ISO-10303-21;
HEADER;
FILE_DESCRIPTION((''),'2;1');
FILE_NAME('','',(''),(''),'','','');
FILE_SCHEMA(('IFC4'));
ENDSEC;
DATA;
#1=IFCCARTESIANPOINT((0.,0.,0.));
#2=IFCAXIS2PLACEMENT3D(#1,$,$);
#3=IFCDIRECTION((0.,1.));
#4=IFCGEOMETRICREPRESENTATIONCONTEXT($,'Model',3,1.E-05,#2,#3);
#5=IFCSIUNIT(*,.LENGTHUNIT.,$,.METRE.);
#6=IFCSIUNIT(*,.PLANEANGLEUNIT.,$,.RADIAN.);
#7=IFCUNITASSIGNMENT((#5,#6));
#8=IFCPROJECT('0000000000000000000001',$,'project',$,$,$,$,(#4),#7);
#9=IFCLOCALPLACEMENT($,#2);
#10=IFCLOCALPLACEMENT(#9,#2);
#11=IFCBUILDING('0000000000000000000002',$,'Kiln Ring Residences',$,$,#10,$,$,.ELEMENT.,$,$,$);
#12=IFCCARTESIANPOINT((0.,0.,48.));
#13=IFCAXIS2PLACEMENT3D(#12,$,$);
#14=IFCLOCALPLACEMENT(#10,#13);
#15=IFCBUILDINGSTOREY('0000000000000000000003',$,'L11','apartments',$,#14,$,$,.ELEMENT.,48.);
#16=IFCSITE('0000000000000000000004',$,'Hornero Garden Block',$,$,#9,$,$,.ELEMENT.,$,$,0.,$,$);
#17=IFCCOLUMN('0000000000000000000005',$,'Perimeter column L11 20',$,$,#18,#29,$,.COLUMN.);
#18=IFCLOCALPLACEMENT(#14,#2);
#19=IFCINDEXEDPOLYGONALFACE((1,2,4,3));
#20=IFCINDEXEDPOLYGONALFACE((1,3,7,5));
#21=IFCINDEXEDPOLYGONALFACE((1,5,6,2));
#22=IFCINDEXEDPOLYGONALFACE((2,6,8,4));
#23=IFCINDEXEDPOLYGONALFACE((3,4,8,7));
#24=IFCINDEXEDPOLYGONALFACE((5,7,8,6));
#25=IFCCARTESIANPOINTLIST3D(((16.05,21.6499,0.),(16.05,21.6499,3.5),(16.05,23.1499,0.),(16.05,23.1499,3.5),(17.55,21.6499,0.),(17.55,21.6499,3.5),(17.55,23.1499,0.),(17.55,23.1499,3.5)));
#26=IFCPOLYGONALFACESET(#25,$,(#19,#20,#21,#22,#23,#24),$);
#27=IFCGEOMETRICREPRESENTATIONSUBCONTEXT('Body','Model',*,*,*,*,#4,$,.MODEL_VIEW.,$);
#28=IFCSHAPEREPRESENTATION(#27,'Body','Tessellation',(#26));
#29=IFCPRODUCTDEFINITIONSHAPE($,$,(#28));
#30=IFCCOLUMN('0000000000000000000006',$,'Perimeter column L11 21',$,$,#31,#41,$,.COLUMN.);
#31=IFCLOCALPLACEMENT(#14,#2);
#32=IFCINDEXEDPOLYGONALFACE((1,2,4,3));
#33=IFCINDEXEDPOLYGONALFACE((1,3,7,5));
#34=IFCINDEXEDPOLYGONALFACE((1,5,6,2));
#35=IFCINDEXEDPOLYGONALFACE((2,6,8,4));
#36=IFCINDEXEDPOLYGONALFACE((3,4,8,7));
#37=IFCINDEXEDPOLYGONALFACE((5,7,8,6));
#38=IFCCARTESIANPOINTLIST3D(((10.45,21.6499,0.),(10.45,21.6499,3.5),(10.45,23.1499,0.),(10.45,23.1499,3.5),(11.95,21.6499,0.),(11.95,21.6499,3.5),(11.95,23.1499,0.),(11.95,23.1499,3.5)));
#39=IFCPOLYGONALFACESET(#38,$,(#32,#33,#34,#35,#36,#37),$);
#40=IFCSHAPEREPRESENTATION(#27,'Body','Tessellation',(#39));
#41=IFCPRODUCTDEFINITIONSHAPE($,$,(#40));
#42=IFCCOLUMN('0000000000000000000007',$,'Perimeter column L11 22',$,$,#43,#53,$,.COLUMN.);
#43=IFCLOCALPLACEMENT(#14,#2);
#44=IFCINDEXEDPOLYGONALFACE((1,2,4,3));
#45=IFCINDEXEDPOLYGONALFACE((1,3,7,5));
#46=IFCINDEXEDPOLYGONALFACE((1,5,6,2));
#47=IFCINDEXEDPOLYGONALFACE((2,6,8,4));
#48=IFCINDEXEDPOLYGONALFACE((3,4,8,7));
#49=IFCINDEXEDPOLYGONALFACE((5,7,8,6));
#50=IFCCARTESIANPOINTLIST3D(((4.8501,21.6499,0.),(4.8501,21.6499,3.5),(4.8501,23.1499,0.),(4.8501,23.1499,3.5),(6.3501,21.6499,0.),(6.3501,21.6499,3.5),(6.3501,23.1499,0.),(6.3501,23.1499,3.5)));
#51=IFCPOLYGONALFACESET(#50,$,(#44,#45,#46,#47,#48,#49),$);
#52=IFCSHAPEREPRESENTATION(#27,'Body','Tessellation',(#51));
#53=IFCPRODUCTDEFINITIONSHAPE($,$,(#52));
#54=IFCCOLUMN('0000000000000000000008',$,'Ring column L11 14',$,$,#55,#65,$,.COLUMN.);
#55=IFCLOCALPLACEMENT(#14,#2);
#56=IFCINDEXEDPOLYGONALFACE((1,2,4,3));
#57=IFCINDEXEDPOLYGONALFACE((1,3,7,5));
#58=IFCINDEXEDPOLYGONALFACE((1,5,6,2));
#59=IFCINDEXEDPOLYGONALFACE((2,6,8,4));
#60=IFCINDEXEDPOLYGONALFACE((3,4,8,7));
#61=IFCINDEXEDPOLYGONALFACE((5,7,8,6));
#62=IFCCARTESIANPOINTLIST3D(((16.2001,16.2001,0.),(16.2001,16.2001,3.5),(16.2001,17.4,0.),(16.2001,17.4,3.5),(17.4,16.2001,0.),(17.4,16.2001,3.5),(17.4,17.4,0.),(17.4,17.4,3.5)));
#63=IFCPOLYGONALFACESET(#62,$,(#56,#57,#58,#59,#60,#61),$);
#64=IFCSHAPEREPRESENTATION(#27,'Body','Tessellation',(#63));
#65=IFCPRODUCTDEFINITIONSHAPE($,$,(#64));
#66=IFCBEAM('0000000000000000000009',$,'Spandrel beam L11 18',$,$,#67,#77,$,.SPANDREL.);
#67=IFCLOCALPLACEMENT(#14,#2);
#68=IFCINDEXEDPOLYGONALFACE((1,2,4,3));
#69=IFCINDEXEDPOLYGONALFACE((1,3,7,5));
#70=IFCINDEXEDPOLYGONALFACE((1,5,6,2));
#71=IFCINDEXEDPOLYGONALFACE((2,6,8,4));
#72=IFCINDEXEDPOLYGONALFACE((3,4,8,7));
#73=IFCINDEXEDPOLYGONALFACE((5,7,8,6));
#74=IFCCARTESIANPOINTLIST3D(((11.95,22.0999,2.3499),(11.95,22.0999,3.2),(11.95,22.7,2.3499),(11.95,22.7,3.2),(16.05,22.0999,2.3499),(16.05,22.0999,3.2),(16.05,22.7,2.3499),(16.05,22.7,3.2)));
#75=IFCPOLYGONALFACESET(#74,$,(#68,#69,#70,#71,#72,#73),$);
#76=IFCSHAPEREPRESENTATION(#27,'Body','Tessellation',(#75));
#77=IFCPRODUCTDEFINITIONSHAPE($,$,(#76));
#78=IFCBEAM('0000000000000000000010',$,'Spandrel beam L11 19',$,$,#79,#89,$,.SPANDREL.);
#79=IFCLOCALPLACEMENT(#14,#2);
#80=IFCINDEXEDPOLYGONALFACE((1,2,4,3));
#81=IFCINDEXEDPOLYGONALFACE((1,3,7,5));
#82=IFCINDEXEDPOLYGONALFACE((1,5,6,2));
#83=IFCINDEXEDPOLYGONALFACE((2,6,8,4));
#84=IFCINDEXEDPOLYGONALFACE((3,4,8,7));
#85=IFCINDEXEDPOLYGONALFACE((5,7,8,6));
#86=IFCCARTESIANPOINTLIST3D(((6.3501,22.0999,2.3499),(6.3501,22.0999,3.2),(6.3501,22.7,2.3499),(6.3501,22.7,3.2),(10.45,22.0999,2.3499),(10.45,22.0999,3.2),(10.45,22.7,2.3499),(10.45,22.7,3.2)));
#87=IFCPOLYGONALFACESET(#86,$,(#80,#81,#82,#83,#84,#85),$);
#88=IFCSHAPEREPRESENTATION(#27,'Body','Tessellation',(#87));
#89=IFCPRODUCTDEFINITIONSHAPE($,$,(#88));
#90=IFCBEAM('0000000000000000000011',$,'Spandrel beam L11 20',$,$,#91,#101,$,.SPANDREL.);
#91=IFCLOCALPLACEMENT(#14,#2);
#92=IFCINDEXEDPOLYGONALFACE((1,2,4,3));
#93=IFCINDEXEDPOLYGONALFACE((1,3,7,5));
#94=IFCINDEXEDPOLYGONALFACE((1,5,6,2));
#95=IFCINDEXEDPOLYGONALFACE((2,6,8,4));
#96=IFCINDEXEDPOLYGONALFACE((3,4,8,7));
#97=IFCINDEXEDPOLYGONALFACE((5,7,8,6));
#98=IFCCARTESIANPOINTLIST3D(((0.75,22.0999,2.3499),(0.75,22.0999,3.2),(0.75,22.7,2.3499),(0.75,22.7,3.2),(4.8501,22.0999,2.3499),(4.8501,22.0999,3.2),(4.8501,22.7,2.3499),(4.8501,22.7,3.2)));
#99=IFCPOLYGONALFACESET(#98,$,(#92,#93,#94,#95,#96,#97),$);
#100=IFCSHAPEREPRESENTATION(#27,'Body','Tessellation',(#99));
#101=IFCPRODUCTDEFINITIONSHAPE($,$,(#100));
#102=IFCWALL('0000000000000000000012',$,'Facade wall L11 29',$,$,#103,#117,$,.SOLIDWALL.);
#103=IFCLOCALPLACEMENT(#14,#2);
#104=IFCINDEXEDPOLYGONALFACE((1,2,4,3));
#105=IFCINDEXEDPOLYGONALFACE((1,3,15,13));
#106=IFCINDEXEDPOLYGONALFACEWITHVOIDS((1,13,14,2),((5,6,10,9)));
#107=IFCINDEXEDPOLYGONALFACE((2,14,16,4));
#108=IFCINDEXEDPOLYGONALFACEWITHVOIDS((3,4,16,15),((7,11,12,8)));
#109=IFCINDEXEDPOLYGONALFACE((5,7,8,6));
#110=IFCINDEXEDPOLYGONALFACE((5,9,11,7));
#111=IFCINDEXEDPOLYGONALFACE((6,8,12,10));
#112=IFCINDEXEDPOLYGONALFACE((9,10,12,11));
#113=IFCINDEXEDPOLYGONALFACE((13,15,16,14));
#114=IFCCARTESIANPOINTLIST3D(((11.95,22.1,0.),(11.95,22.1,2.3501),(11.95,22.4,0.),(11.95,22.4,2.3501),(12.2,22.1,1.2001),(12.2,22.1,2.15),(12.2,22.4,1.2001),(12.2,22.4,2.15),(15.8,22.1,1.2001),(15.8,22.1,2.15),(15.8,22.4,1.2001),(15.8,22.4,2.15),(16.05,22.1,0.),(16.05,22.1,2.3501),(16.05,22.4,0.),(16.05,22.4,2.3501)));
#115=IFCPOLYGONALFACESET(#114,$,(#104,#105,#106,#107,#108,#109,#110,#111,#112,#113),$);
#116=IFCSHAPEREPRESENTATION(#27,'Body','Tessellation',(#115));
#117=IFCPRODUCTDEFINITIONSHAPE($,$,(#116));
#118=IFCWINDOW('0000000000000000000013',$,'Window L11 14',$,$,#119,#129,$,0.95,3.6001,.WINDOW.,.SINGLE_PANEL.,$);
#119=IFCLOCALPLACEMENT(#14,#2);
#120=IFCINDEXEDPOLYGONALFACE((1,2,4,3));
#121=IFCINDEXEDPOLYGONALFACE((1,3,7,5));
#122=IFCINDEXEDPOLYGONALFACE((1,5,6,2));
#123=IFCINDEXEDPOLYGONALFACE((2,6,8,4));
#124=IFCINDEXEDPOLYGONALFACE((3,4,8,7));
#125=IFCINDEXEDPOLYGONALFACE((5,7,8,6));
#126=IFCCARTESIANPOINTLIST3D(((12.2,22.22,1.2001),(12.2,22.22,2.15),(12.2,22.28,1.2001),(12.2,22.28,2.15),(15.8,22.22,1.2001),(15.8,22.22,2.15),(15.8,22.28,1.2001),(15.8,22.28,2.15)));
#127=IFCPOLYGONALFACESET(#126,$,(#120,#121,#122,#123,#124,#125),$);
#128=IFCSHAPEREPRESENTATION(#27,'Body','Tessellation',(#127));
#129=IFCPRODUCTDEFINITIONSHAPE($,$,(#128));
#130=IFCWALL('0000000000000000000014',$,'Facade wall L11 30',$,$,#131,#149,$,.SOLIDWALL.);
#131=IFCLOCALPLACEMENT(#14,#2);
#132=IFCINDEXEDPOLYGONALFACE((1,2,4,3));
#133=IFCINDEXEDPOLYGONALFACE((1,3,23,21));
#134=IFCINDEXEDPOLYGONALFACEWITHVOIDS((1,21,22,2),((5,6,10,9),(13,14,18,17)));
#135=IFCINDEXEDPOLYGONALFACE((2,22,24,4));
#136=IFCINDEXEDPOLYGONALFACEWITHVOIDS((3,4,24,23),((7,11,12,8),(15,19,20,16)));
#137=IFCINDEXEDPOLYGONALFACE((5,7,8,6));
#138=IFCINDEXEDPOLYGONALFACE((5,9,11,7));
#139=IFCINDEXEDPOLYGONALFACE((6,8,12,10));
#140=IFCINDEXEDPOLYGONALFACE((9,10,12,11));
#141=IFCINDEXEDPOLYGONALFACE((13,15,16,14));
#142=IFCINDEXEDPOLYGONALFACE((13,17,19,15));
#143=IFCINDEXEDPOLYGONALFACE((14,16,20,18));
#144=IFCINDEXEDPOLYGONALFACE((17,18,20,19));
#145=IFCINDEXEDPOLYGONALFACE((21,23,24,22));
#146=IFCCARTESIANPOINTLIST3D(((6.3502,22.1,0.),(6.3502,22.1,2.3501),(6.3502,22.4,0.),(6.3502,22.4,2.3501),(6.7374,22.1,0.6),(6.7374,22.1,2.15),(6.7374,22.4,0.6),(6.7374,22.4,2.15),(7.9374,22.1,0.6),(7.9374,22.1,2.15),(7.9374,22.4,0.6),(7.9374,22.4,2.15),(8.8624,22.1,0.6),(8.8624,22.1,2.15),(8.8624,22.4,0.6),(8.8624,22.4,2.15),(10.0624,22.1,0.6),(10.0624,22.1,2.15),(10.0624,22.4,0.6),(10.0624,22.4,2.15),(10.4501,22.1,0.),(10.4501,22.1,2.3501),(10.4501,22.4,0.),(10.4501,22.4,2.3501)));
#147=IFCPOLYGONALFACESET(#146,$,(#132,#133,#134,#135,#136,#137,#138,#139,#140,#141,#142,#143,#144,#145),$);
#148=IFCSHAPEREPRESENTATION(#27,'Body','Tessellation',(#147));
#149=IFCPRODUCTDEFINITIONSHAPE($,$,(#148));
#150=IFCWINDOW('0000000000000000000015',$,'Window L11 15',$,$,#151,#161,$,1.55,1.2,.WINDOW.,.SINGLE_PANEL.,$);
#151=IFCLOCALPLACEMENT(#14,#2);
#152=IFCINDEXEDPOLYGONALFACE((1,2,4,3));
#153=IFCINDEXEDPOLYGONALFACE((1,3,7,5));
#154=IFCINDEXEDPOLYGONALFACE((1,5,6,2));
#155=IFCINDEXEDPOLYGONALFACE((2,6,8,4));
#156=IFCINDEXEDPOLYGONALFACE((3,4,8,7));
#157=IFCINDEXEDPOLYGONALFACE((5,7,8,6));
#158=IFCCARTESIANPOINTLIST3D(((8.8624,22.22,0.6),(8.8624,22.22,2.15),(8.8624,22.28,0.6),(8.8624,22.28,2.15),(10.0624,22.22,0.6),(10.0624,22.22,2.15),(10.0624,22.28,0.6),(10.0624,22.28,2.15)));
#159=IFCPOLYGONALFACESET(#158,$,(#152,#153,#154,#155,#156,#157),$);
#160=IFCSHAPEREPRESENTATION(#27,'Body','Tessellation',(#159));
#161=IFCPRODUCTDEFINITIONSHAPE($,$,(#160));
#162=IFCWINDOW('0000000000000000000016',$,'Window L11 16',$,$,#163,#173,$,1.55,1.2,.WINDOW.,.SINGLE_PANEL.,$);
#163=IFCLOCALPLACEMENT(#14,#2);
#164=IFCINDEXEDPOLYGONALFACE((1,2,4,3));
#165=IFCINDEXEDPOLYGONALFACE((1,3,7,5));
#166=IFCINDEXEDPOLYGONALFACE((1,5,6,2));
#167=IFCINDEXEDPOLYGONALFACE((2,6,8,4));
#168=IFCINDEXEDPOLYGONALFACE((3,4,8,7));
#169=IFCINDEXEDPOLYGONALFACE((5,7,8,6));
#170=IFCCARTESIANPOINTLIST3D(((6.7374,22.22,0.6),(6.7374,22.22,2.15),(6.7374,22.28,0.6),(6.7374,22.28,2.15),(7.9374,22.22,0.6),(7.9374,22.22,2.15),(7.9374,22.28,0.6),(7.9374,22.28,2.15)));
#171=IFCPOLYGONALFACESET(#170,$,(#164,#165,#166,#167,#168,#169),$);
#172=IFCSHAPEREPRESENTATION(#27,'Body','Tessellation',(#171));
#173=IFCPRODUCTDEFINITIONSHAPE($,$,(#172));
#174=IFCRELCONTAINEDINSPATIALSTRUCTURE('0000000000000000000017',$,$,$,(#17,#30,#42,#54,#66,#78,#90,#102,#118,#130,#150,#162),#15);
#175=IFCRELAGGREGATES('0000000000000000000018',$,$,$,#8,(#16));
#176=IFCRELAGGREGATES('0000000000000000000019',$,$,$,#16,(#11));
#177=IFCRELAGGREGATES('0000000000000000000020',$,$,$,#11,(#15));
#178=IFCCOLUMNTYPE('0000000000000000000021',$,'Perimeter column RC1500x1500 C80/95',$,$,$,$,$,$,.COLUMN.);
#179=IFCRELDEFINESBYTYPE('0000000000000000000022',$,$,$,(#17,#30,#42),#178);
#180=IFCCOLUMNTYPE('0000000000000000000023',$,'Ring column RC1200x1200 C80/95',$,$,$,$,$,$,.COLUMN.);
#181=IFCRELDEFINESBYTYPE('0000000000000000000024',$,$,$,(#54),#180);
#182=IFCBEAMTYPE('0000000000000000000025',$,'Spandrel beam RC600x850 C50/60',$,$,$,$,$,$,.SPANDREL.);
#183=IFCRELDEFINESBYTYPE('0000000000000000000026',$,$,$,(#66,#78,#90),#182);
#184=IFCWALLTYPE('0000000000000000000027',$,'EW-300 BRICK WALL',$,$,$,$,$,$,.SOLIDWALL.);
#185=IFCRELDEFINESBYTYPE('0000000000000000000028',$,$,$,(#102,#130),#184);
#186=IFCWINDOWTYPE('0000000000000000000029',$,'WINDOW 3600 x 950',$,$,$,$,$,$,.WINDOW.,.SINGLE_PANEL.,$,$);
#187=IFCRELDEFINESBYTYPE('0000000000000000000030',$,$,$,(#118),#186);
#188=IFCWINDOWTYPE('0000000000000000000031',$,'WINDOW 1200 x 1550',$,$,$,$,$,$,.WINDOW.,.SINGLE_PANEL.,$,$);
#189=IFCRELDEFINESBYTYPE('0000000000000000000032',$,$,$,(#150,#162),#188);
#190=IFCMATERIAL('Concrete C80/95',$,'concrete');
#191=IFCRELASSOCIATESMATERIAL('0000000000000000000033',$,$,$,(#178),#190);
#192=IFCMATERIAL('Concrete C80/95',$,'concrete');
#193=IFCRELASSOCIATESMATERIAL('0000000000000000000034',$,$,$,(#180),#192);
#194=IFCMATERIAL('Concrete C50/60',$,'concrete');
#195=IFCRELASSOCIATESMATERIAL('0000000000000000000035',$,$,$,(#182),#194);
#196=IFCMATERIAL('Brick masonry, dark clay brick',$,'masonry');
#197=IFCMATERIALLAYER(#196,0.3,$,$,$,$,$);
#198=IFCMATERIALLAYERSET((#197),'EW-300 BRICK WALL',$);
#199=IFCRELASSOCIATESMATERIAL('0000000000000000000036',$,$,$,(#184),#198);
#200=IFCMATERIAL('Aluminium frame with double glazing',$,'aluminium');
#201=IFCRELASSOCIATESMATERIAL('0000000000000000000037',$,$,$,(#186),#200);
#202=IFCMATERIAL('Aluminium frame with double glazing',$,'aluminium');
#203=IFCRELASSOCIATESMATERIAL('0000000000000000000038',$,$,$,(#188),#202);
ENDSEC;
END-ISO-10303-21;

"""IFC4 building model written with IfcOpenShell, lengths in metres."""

from ifc_helpers import new_model, si_unit, direction, frame, frame_2d, origin, origin_2d, place, context, subcontext, project, spatial, rectangle, extrude, material, layer, layer_set, material_profile, profile_set, type_object, element, fill, save


model = new_model("IFC4")

# Units and contexts
model_context = context("Model", 3, precision=1e-05, world=origin(), true_north=direction((0.0, 1.0)))
body_context = subcontext(model_context, "Body", "Model", "MODEL_VIEW")
ifc_project = project(units=[si_unit("LENGTHUNIT", "METRE"), si_unit("PLANEANGLEUNIT", "RADIAN")], contexts=[model_context])

# Site, building, storey
site_placement = place(None, origin())
site = spatial("IfcSite", under=ifc_project, at=site_placement, Name="Hornero Garden Block", CompositionType="ELEMENT", RefElevation=0.0)
building_placement = place(site_placement, origin())
building = spatial("IfcBuilding", under=site, at=building_placement, Name="Kiln Ring Residences", CompositionType="ELEMENT")
storey_placement = place(building_placement, frame((0.0, 0.0, 48.0)))
storey = spatial("IfcBuildingStorey", under=building, at=storey_placement, Name="L11", Description="apartments", CompositionType="ELEMENT", Elevation=48.0)

# Columns
ifc_material_1 = material(Name="Concrete C80/95", Category="concrete")
ifc_material_profile_1 = material_profile(ifc_material_1, rectangle(XDim=1.5, YDim=1.5, at=origin_2d()), Name="RC1500x1500")
ifc_profile_set_1 = profile_set([ifc_material_profile_1], Name="Concrete C80/95")
column_type_1 = type_object("IfcColumnType", Name="Perimeter column RC1500x1500 C80/95", PredefinedType="COLUMN", material=ifc_profile_set_1)
for number, where, z_axis, x_axis, name in (
    (1, (16.8, 22.3999, 0.0), (0.0, 0.0, 1.0), (1.0, 0.0, 0.0), "Perimeter column L11 20"),
    (2, (11.2, 22.3999, 0.0), (0.0, 0.0, 1.0), (1.0, 0.0, 0.0), "Perimeter column L11 21"),
    (3, (5.6001, 22.3999, 0.0), (0.0, 0.0, 1.0), (1.0, 0.0, 0.0), "Perimeter column L11 22"),
):
    element("IfcColumn", number, at=place(storey_placement, frame(where, z_axis=z_axis, x_axis=x_axis)), inside=storey, type_object=column_type_1, Name=name, PredefinedType="COLUMN", context=body_context, shape_type="SweptSolid", body=[
        extrude(rectangle(XDim=1.5, YDim=1.5, at=origin_2d()), origin(), (0.0, 0.0, 1.0), 3.5),
    ])
ifc_material_2 = material(Name="Concrete C80/95", Category="concrete")
ifc_material_profile_2 = material_profile(ifc_material_2, rectangle(XDim=1.2, YDim=1.2, at=origin_2d()), Name="RC1200x1200")
ifc_profile_set_2 = profile_set([ifc_material_profile_2], Name="Concrete C80/95")
column_type_2 = type_object("IfcColumnType", Name="Ring column RC1200x1200 C80/95", PredefinedType="COLUMN", material=ifc_profile_set_2)
column_placement = place(storey_placement, frame((16.8, 16.8, 0.0), z_axis=(0.0, 0.0, 1.0), x_axis=(1.0, 0.0, 0.0)))
element("IfcColumn", 4, at=column_placement, inside=storey, type_object=column_type_2, Name="Ring column L11 14", PredefinedType="COLUMN", context=body_context, shape_type="SweptSolid", body=[
    extrude(rectangle(XDim=1.2, YDim=1.2, at=origin_2d()), origin(), (0.0, 0.0, 1.0), 3.5),
])

# Beams
ifc_material_3 = material(Name="Concrete C50/60", Category="concrete")
ifc_material_profile_3 = material_profile(ifc_material_3, rectangle(XDim=0.6001, YDim=0.8501, at=origin_2d()), Name="RC600x850")
ifc_profile_set_3 = profile_set([ifc_material_profile_3], Name="Concrete C50/60")
beam_type = type_object("IfcBeamType", Name="Spandrel beam RC600x850 C50/60", PredefinedType="SPANDREL", material=ifc_profile_set_3)
beam_1_placement = place(storey_placement, frame((16.05, 22.3999, 2.7749), z_axis=(-1.0, 0.0, 0.0), x_axis=(0.0, -1.0, 0.0)))
element("IfcBeam", 5, at=beam_1_placement, inside=storey, type_object=beam_type, Name="Spandrel beam L11 18", PredefinedType="SPANDREL", context=body_context, shape_type="SweptSolid", body=[
    extrude(rectangle(XDim=0.6001, YDim=0.8501, at=origin_2d()), origin(), (0.0, 0.0, 1.0), 4.1001),
])
beam_2_placement = place(storey_placement, frame((10.45, 22.3999, 2.7749), z_axis=(-1.0, 0.0, 0.0), x_axis=(0.0, -1.0, 0.0)))
element("IfcBeam", 6, at=beam_2_placement, inside=storey, type_object=beam_type, Name="Spandrel beam L11 19", PredefinedType="SPANDREL", context=body_context, shape_type="SweptSolid", body=[
    extrude(rectangle(XDim=0.6001, YDim=0.8501, at=origin_2d()), origin(), (0.0, 0.0, 1.0), 4.0999),
])
beam_3_placement = place(storey_placement, frame((4.8501, 22.3999, 2.7749), z_axis=(-1.0, 0.0, 0.0), x_axis=(0.0, -1.0, 0.0)))
element("IfcBeam", 7, at=beam_3_placement, inside=storey, type_object=beam_type, Name="Spandrel beam L11 20", PredefinedType="SPANDREL", context=body_context, shape_type="SweptSolid", body=[
    extrude(rectangle(XDim=0.6001, YDim=0.8501, at=origin_2d()), origin(), (0.0, 0.0, 1.0), 4.1001),
])

# Wall, opening, window
ifc_material_4 = material(Name="Brick masonry, dark clay brick", Category="masonry")
ifc_layer_1 = layer(ifc_material_4, 0.3)
ifc_layer_set_1 = layer_set([ifc_layer_1], Name="EW-300 BRICK WALL")
wall_type_1 = type_object("IfcWallType", Name="EW-300 BRICK WALL", PredefinedType="SOLIDWALL", material=ifc_layer_set_1)
wall_1_placement = place(storey_placement, frame((16.05, 22.25, 0.0), z_axis=(0.0, 0.0, 1.0), x_axis=(-1.0, 0.0, 0.0)))
wall_1 = element("IfcWall", 8, at=wall_1_placement, inside=storey, type_object=wall_type_1, Name="Facade wall L11 29", PredefinedType="SOLIDWALL", context=body_context, shape_type="SweptSolid", body=[
    extrude(rectangle(XDim=4.1001, YDim=0.3, at=frame_2d((2.05, 0.0))), origin(), (0.0, 0.0, 1.0), 2.3501),
])
opening_1_placement = place(wall_1_placement, frame((0.25, 0.0, 1.2)))
opening_1 = element("IfcOpeningElement", 9, at=opening_1_placement, cuts=wall_1, PredefinedType="OPENING", context=body_context, shape_type="SweptSolid", body=[
    extrude(rectangle(XDim=3.6001, YDim=0.95, at=frame_2d((1.8, 0.4751))), frame((0.0, 0.1599, 0.0), z_axis=(0.0, -1.0, 0.0), x_axis=(1.0, 0.0, 0.0)), (0.0, 0.0, 1.0), 0.3201),
])
ifc_material_5 = material(Name="Aluminium frame with double glazing", Category="aluminium")
window_type_1 = type_object("IfcWindowType", Name="WINDOW 3600 x 950", PartitioningType="SINGLE_PANEL", PredefinedType="WINDOW", material=ifc_material_5)
window_1_placement = place(opening_1_placement, origin())
window_1 = element("IfcWindow", 10, at=window_1_placement, inside=storey, type_object=window_type_1, Name="Window L11 14", OverallHeight=0.95, OverallWidth=3.6001, PartitioningType="SINGLE_PANEL", PredefinedType="WINDOW", context=body_context, shape_type="SweptSolid", body=[
    extrude(rectangle(XDim=3.6001, YDim=0.95, at=frame_2d((1.8, 0.4751))), frame((0.0, 0.03, 0.0), z_axis=(0.0, -1.0, 0.0), x_axis=(1.0, 0.0, 0.0)), (0.0, 0.0, 1.0), 0.0601),
])
fill(opening_1, window_1)

# Wall, openings, windows
wall_2_placement = place(storey_placement, frame((10.45, 22.25, 0.0), z_axis=(0.0, 0.0, 1.0), x_axis=(-1.0, 0.0, 0.0)))
wall_2 = element("IfcWall", 11, at=wall_2_placement, inside=storey, type_object=wall_type_1, Name="Facade wall L11 30", PredefinedType="SOLIDWALL", context=body_context, shape_type="SweptSolid", body=[
    extrude(rectangle(XDim=4.0999, YDim=0.3, at=frame_2d((2.0498, 0.0))), origin(), (0.0, 0.0, 1.0), 2.3501),
])
opening_2_placement = place(wall_2_placement, frame((0.3875, 0.0, 0.6001)))
opening_2 = element("IfcOpeningElement", 12, at=opening_2_placement, cuts=wall_2, PredefinedType="OPENING", context=body_context, shape_type="SweptSolid", body=[
    extrude(rectangle(XDim=1.2, YDim=1.55, at=frame_2d((0.6001, 0.7749))), frame((0.0, 0.1599, 0.0), z_axis=(0.0, -1.0, 0.0), x_axis=(1.0, 0.0, 0.0)), (0.0, 0.0, 1.0), 0.3201),
])
opening_3_placement = place(wall_2_placement, frame((2.5125, 0.0, 0.6001)))
opening_3 = element("IfcOpeningElement", 13, at=opening_3_placement, cuts=wall_2, PredefinedType="OPENING", context=body_context, shape_type="SweptSolid", body=[
    extrude(rectangle(XDim=1.2, YDim=1.55, at=frame_2d((0.6001, 0.7749))), frame((0.0, 0.1599, 0.0), z_axis=(0.0, -1.0, 0.0), x_axis=(1.0, 0.0, 0.0)), (0.0, 0.0, 1.0), 0.3201),
])
ifc_material_6 = material(Name="Aluminium frame with double glazing", Category="aluminium")
window_type_2 = type_object("IfcWindowType", Name="WINDOW 1200 x 1550", PartitioningType="SINGLE_PANEL", PredefinedType="WINDOW", material=ifc_material_6)
window_2_placement = place(opening_2_placement, origin())
window_2 = element("IfcWindow", 14, at=window_2_placement, inside=storey, type_object=window_type_2, Name="Window L11 15", OverallHeight=1.55, OverallWidth=1.2, PartitioningType="SINGLE_PANEL", PredefinedType="WINDOW", context=body_context, shape_type="SweptSolid", body=[
    extrude(rectangle(XDim=1.2, YDim=1.55, at=frame_2d((0.6001, 0.7749))), frame((0.0, 0.03, 0.0), z_axis=(0.0, -1.0, 0.0), x_axis=(1.0, 0.0, 0.0)), (0.0, 0.0, 1.0), 0.0601),
])
fill(opening_2, window_2)
window_3_placement = place(opening_3_placement, origin())
window_3 = element("IfcWindow", 15, at=window_3_placement, inside=storey, type_object=window_type_2, Name="Window L11 16", OverallHeight=1.55, OverallWidth=1.2, PartitioningType="SINGLE_PANEL", PredefinedType="WINDOW", context=body_context, shape_type="SweptSolid", body=[
    extrude(rectangle(XDim=1.2, YDim=1.55, at=frame_2d((0.6001, 0.7749))), frame((0.0, 0.03, 0.0), z_axis=(0.0, -1.0, 0.0), x_axis=(1.0, 0.0, 0.0)), (0.0, 0.0, 1.0), 0.0601),
])
fill(opening_3, window_3)

save(model, "model.ifc")
